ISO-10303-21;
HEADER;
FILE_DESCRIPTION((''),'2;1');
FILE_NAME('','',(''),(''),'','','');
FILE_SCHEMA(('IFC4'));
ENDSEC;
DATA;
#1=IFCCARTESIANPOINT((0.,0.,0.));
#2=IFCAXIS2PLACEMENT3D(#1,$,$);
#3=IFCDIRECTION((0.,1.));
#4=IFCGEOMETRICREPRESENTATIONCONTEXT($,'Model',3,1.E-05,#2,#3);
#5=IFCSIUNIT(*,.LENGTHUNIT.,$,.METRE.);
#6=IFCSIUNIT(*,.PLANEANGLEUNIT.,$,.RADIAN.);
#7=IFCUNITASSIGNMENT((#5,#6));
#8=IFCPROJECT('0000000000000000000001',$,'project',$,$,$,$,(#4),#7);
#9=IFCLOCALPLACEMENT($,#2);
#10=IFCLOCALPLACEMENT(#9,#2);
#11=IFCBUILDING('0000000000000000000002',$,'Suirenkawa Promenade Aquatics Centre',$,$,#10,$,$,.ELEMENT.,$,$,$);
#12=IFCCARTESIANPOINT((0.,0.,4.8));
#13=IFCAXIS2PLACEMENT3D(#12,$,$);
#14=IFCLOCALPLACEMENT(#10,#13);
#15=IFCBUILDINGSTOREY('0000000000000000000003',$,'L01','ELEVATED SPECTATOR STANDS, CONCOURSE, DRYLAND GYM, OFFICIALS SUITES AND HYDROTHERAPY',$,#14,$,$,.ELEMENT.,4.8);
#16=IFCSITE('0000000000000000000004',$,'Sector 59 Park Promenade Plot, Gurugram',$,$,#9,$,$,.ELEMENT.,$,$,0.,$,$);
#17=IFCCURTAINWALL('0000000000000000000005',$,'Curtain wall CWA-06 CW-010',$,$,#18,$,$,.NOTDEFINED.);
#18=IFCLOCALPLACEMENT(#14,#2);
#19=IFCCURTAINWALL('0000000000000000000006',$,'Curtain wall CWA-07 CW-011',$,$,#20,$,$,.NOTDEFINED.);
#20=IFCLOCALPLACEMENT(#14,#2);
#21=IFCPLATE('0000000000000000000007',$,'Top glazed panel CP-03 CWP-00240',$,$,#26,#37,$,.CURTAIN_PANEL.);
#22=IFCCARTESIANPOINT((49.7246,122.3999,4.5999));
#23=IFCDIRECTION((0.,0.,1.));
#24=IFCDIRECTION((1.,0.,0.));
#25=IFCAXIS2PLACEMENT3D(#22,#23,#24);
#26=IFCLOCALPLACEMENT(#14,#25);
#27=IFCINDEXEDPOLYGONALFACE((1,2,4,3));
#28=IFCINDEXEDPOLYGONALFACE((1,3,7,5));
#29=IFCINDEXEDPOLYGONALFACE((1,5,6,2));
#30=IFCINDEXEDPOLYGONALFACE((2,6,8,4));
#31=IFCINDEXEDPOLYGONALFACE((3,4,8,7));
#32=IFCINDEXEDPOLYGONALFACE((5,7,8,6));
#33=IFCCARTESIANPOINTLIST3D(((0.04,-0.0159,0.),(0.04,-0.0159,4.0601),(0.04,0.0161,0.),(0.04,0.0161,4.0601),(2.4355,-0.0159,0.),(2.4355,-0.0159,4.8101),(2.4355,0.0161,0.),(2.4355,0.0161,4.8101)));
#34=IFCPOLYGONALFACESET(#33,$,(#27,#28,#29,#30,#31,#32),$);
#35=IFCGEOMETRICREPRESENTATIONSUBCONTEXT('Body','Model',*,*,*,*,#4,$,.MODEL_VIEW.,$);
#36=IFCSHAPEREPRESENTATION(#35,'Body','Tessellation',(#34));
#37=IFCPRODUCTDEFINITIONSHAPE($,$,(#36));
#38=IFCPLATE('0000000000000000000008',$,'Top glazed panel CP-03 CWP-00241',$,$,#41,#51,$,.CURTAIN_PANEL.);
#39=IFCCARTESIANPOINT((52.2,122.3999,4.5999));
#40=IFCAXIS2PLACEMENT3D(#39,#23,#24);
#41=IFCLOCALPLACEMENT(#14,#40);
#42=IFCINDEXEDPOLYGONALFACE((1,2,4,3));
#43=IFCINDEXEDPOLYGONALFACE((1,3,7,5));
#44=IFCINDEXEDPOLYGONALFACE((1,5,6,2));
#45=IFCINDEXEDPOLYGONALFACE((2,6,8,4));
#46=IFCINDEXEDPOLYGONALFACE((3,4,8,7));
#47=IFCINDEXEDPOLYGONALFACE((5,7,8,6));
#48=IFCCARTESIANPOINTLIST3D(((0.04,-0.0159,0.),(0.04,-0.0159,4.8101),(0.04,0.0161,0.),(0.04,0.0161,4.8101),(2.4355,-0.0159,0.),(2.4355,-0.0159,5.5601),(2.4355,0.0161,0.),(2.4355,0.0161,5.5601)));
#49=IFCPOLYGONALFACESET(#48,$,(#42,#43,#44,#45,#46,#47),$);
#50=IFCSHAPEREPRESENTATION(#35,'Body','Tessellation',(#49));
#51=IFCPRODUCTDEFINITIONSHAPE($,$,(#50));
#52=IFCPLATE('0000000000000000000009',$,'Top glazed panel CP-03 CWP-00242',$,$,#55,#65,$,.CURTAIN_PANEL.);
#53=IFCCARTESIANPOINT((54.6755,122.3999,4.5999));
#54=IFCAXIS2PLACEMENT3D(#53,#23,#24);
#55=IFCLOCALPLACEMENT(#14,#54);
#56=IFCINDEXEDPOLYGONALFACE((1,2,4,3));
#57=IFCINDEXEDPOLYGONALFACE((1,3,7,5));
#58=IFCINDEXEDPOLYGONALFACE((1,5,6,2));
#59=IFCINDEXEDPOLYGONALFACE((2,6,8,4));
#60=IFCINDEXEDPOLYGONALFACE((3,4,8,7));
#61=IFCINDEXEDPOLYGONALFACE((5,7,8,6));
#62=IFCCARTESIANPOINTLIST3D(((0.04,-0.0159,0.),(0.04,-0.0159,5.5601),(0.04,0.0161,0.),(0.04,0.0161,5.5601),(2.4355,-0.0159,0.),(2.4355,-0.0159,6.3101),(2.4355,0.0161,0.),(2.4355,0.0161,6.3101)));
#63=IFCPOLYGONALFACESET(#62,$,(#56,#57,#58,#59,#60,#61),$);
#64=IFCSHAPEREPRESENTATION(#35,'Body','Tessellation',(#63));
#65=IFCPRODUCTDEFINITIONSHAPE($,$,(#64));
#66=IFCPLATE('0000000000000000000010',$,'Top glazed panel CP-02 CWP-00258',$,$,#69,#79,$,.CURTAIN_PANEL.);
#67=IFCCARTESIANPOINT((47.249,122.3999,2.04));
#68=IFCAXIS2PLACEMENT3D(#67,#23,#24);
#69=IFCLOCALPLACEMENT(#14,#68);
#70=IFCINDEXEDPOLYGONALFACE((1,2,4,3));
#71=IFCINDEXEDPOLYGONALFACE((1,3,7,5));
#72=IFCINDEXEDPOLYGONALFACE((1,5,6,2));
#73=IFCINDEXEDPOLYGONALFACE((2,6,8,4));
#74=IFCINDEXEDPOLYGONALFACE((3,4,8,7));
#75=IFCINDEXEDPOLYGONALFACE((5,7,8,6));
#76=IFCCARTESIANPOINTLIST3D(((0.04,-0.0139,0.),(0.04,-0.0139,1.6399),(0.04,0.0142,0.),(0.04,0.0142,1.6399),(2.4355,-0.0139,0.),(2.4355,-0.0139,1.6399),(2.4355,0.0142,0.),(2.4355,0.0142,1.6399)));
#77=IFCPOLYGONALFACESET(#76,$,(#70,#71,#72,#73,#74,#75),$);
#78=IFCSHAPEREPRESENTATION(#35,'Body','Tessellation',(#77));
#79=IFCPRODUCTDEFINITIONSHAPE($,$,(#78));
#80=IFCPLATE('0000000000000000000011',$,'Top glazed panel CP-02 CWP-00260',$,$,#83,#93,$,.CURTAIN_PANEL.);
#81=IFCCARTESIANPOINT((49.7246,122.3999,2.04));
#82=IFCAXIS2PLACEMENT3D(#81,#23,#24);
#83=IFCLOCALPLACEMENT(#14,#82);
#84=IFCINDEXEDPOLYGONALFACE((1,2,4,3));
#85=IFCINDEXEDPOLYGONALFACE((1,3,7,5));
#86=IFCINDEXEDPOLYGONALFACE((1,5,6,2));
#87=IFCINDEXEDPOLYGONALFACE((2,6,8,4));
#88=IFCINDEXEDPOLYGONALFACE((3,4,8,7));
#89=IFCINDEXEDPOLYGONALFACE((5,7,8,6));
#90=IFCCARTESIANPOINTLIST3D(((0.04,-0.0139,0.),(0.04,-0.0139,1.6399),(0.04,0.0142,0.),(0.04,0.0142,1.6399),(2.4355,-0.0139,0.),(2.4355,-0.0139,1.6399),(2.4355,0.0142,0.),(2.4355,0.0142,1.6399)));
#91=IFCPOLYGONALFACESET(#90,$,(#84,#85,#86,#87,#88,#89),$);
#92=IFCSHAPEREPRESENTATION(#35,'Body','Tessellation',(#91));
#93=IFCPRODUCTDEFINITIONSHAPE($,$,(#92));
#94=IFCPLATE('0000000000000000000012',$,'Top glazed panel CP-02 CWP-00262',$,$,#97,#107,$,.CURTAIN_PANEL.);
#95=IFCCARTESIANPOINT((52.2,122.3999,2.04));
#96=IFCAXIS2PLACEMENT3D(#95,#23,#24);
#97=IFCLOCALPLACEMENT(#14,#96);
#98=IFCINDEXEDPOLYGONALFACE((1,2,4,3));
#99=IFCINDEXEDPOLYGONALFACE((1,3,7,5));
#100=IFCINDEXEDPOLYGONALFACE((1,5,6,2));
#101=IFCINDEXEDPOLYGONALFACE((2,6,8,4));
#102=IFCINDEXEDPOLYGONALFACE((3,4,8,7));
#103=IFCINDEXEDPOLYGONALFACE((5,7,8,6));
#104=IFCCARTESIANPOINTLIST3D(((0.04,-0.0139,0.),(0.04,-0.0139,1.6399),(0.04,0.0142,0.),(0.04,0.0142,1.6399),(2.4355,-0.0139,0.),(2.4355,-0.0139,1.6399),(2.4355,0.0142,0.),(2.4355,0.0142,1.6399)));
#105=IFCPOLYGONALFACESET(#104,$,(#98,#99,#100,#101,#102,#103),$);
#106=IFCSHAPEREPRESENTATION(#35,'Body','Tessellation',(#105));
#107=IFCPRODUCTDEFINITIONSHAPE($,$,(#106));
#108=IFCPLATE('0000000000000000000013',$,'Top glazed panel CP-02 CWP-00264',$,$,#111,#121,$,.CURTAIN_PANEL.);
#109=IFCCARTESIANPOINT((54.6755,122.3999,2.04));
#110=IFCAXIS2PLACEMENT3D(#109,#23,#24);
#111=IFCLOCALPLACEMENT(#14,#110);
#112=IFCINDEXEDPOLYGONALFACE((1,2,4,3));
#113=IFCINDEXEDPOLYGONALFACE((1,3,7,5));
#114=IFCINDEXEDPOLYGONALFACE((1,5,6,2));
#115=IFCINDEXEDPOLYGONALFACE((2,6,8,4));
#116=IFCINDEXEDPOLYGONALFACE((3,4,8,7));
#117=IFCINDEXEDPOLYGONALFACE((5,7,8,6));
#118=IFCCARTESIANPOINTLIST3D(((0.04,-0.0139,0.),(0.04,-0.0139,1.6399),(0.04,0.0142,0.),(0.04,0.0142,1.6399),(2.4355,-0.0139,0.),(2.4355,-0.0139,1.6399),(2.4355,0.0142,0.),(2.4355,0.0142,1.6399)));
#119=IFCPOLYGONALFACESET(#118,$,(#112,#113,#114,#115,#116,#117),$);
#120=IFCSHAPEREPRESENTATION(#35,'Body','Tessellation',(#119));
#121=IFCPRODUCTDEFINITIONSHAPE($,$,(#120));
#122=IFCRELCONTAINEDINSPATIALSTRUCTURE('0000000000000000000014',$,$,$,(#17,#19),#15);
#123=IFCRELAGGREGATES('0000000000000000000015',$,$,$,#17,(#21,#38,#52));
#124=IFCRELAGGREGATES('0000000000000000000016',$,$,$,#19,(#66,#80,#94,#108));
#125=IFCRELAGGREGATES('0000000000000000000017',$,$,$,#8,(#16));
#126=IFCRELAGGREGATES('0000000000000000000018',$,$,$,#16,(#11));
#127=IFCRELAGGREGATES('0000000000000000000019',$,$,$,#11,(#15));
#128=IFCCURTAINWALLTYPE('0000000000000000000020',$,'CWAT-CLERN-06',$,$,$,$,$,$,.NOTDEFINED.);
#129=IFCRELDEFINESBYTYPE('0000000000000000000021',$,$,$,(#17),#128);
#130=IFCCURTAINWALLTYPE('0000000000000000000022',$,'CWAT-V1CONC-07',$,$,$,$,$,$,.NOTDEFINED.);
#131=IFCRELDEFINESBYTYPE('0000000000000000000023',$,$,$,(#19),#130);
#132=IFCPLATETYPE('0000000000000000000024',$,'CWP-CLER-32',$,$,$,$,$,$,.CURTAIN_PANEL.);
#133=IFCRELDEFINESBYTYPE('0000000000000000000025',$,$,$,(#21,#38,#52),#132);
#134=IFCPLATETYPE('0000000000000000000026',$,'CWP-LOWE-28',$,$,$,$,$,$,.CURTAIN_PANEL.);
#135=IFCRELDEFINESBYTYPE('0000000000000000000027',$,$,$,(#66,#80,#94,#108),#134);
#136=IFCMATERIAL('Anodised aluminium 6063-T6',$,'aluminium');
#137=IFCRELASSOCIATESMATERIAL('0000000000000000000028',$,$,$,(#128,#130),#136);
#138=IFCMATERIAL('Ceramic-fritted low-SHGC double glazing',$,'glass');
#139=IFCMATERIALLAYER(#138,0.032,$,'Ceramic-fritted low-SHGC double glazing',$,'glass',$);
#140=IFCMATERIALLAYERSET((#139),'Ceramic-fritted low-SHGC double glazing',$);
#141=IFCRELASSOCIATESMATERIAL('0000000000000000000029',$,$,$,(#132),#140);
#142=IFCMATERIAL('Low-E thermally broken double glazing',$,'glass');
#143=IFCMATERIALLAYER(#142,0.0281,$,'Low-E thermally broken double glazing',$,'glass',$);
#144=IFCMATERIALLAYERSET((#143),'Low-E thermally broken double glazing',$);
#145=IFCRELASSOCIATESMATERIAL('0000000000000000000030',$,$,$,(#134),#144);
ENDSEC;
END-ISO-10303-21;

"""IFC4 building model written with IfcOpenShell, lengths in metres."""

from ifc_helpers import new_model, si_unit, direction, frame, origin, place, context, subcontext, project, spatial, polyline, outline, extrude, material, layer, layer_set, type_object, element, aggregate, save


model = new_model("IFC4")

# Units and contexts
model_context = context("Model", 3, precision=1e-05, world=origin(), true_north=direction((0.0, 1.0)))
body_context = subcontext(model_context, "Body", "Model", "MODEL_VIEW")
ifc_project = project(units=[si_unit("LENGTHUNIT", "METRE"), si_unit("PLANEANGLEUNIT", "RADIAN")], contexts=[model_context])

# Site, building, storey
site_placement = place(None, origin())
site = spatial("IfcSite", under=ifc_project, at=site_placement, Name="Sector 59 Park Promenade Plot, Gurugram", CompositionType="ELEMENT", RefElevation=0.0)
building_placement = place(site_placement, origin())
building = spatial("IfcBuilding", under=site, at=building_placement, Name="Suirenkawa Promenade Aquatics Centre", CompositionType="ELEMENT")
storey_placement = place(building_placement, frame((0.0, 0.0, 4.8)))
storey = spatial("IfcBuildingStorey", under=building, at=storey_placement, Name="L01", Description="ELEVATED SPECTATOR STANDS, CONCOURSE, DRYLAND GYM, OFFICIALS SUITES AND HYDROTHERAPY", CompositionType="ELEMENT", Elevation=4.8)

# Curtain walls
ifc_material_1 = material(Name="Anodised aluminium 6063-T6", Category="aluminium")
curtain_wall_type_1 = type_object("IfcCurtainWallType", Name="CWAT-CLERN-06", PredefinedType="NOTDEFINED", material=ifc_material_1)
curtain_wall_1_placement = place(storey_placement, origin())
curtain_wall_1 = element("IfcCurtainWall", 1, at=curtain_wall_1_placement, inside=storey, type_object=curtain_wall_type_1, Name="Curtain wall CWA-06 CW-010", PredefinedType="NOTDEFINED")
curtain_wall_type_2 = type_object("IfcCurtainWallType", Name="CWAT-V1CONC-07", PredefinedType="NOTDEFINED", material=ifc_material_1)
curtain_wall_2_placement = place(storey_placement, origin())
curtain_wall_2 = element("IfcCurtainWall", 2, at=curtain_wall_2_placement, inside=storey, type_object=curtain_wall_type_2, Name="Curtain wall CWA-07 CW-011", PredefinedType="NOTDEFINED")

# Plates
ifc_material_2 = material(Name="Ceramic-fritted low-SHGC double glazing", Category="glass")
ifc_layer_1 = layer(ifc_material_2, 0.032, Name="Ceramic-fritted low-SHGC double glazing", Category="glass")
ifc_layer_set_1 = layer_set([ifc_layer_1], Name="Ceramic-fritted low-SHGC double glazing")
plate_type_1 = type_object("IfcPlateType", Name="CWP-CLER-32", PredefinedType="CURTAIN_PANEL", material=ifc_layer_set_1)
plate_1_placement = place(storey_placement, frame((49.7246, 122.3999, 4.5999), z_axis=(0.0, 0.0, 1.0), x_axis=(1.0, 0.0, 0.0)))
plate_1 = element("IfcPlate", 3, at=plate_1_placement, type_object=plate_type_1, Name="Top glazed panel CP-03 CWP-00240", PredefinedType="CURTAIN_PANEL", context=body_context, shape_type="SweptSolid", body=[
    extrude(outline(polyline([(0.04, 0.0), (2.4355, 0.0), (2.4355, 4.8101), (0.04, 4.0601), (0.04, 0.0)])), frame((0.0, 0.0161, 0.0), z_axis=(0.0, -1.0, 0.0), x_axis=(1.0, 0.0, 0.0)), (0.0, 0.0, 1.0), 0.032),
])
plate_2_placement = place(storey_placement, frame((52.2, 122.3999, 4.5999), z_axis=(0.0, 0.0, 1.0), x_axis=(1.0, 0.0, 0.0)))
plate_2 = element("IfcPlate", 4, at=plate_2_placement, type_object=plate_type_1, Name="Top glazed panel CP-03 CWP-00241", PredefinedType="CURTAIN_PANEL", context=body_context, shape_type="SweptSolid", body=[
    extrude(outline(polyline([(0.04, 0.0), (2.4355, 0.0), (2.4355, 5.5601), (0.04, 4.8101), (0.04, 0.0)])), frame((0.0, 0.0161, 0.0), z_axis=(0.0, -1.0, 0.0), x_axis=(1.0, 0.0, 0.0)), (0.0, 0.0, 1.0), 0.032),
])
plate_3_placement = place(storey_placement, frame((54.6755, 122.3999, 4.5999), z_axis=(0.0, 0.0, 1.0), x_axis=(1.0, 0.0, 0.0)))
plate_3 = element("IfcPlate", 5, at=plate_3_placement, type_object=plate_type_1, Name="Top glazed panel CP-03 CWP-00242", PredefinedType="CURTAIN_PANEL", context=body_context, shape_type="SweptSolid", body=[
    extrude(outline(polyline([(0.04, 0.0), (2.4355, 0.0), (2.4355, 6.3101), (0.04, 5.5601), (0.04, 0.0)])), frame((0.0, 0.0161, 0.0), z_axis=(0.0, -1.0, 0.0), x_axis=(1.0, 0.0, 0.0)), (0.0, 0.0, 1.0), 0.032),
])
aggregate(curtain_wall_1, [plate_1, plate_2, plate_3])
ifc_material_3 = material(Name="Low-E thermally broken double glazing", Category="glass")
ifc_layer_2 = layer(ifc_material_3, 0.0281, Name="Low-E thermally broken double glazing", Category="glass")
ifc_layer_set_2 = layer_set([ifc_layer_2], Name="Low-E thermally broken double glazing")
plate_type_2 = type_object("IfcPlateType", Name="CWP-LOWE-28", PredefinedType="CURTAIN_PANEL", material=ifc_layer_set_2)
plate_4_placement = place(storey_placement, frame((47.249, 122.3999, 2.04), z_axis=(0.0, 0.0, 1.0), x_axis=(1.0, 0.0, 0.0)))
plate_4 = element("IfcPlate", 6, at=plate_4_placement, type_object=plate_type_2, Name="Top glazed panel CP-02 CWP-00258", PredefinedType="CURTAIN_PANEL", context=body_context, shape_type="SweptSolid", body=[
    extrude(outline(polyline([(0.04, 0.0), (2.4355, 0.0), (2.4355, 1.6399), (0.04, 1.6399), (0.04, 0.0)])), frame((0.0, 0.0142, 0.0), z_axis=(0.0, -1.0, 0.0), x_axis=(1.0, 0.0, 0.0)), (0.0, 0.0, 1.0), 0.0281),
])
plate_5_placement = place(storey_placement, frame((49.7246, 122.3999, 2.04), z_axis=(0.0, 0.0, 1.0), x_axis=(1.0, 0.0, 0.0)))
plate_5 = element("IfcPlate", 7, at=plate_5_placement, type_object=plate_type_2, Name="Top glazed panel CP-02 CWP-00260", PredefinedType="CURTAIN_PANEL", context=body_context, shape_type="SweptSolid", body=[
    extrude(outline(polyline([(0.04, 0.0), (2.4355, 0.0), (2.4355, 1.6399), (0.04, 1.6399), (0.04, 0.0)])), frame((0.0, 0.0142, 0.0), z_axis=(0.0, -1.0, 0.0), x_axis=(1.0, 0.0, 0.0)), (0.0, 0.0, 1.0), 0.0281),
])
plate_6_placement = place(storey_placement, frame((52.2, 122.3999, 2.04), z_axis=(0.0, 0.0, 1.0), x_axis=(1.0, 0.0, 0.0)))
plate_6 = element("IfcPlate", 8, at=plate_6_placement, type_object=plate_type_2, Name="Top glazed panel CP-02 CWP-00262", PredefinedType="CURTAIN_PANEL", context=body_context, shape_type="SweptSolid", body=[
    extrude(outline(polyline([(0.04, 0.0), (2.4355, 0.0), (2.4355, 1.6399), (0.04, 1.6399), (0.04, 0.0)])), frame((0.0, 0.0142, 0.0), z_axis=(0.0, -1.0, 0.0), x_axis=(1.0, 0.0, 0.0)), (0.0, 0.0, 1.0), 0.0281),
])
plate_7_placement = place(storey_placement, frame((54.6755, 122.3999, 2.04), z_axis=(0.0, 0.0, 1.0), x_axis=(1.0, 0.0, 0.0)))
plate_7 = element("IfcPlate", 9, at=plate_7_placement, type_object=plate_type_2, Name="Top glazed panel CP-02 CWP-00264", PredefinedType="CURTAIN_PANEL", context=body_context, shape_type="SweptSolid", body=[
    extrude(outline(polyline([(0.04, 0.0), (2.4355, 0.0), (2.4355, 1.6399), (0.04, 1.6399), (0.04, 0.0)])), frame((0.0, 0.0142, 0.0), z_axis=(0.0, -1.0, 0.0), x_axis=(1.0, 0.0, 0.0)), (0.0, 0.0, 1.0), 0.0281),
])
aggregate(curtain_wall_2, [plate_4, plate_5, plate_6, plate_7])

save(model, "model.ifc")
